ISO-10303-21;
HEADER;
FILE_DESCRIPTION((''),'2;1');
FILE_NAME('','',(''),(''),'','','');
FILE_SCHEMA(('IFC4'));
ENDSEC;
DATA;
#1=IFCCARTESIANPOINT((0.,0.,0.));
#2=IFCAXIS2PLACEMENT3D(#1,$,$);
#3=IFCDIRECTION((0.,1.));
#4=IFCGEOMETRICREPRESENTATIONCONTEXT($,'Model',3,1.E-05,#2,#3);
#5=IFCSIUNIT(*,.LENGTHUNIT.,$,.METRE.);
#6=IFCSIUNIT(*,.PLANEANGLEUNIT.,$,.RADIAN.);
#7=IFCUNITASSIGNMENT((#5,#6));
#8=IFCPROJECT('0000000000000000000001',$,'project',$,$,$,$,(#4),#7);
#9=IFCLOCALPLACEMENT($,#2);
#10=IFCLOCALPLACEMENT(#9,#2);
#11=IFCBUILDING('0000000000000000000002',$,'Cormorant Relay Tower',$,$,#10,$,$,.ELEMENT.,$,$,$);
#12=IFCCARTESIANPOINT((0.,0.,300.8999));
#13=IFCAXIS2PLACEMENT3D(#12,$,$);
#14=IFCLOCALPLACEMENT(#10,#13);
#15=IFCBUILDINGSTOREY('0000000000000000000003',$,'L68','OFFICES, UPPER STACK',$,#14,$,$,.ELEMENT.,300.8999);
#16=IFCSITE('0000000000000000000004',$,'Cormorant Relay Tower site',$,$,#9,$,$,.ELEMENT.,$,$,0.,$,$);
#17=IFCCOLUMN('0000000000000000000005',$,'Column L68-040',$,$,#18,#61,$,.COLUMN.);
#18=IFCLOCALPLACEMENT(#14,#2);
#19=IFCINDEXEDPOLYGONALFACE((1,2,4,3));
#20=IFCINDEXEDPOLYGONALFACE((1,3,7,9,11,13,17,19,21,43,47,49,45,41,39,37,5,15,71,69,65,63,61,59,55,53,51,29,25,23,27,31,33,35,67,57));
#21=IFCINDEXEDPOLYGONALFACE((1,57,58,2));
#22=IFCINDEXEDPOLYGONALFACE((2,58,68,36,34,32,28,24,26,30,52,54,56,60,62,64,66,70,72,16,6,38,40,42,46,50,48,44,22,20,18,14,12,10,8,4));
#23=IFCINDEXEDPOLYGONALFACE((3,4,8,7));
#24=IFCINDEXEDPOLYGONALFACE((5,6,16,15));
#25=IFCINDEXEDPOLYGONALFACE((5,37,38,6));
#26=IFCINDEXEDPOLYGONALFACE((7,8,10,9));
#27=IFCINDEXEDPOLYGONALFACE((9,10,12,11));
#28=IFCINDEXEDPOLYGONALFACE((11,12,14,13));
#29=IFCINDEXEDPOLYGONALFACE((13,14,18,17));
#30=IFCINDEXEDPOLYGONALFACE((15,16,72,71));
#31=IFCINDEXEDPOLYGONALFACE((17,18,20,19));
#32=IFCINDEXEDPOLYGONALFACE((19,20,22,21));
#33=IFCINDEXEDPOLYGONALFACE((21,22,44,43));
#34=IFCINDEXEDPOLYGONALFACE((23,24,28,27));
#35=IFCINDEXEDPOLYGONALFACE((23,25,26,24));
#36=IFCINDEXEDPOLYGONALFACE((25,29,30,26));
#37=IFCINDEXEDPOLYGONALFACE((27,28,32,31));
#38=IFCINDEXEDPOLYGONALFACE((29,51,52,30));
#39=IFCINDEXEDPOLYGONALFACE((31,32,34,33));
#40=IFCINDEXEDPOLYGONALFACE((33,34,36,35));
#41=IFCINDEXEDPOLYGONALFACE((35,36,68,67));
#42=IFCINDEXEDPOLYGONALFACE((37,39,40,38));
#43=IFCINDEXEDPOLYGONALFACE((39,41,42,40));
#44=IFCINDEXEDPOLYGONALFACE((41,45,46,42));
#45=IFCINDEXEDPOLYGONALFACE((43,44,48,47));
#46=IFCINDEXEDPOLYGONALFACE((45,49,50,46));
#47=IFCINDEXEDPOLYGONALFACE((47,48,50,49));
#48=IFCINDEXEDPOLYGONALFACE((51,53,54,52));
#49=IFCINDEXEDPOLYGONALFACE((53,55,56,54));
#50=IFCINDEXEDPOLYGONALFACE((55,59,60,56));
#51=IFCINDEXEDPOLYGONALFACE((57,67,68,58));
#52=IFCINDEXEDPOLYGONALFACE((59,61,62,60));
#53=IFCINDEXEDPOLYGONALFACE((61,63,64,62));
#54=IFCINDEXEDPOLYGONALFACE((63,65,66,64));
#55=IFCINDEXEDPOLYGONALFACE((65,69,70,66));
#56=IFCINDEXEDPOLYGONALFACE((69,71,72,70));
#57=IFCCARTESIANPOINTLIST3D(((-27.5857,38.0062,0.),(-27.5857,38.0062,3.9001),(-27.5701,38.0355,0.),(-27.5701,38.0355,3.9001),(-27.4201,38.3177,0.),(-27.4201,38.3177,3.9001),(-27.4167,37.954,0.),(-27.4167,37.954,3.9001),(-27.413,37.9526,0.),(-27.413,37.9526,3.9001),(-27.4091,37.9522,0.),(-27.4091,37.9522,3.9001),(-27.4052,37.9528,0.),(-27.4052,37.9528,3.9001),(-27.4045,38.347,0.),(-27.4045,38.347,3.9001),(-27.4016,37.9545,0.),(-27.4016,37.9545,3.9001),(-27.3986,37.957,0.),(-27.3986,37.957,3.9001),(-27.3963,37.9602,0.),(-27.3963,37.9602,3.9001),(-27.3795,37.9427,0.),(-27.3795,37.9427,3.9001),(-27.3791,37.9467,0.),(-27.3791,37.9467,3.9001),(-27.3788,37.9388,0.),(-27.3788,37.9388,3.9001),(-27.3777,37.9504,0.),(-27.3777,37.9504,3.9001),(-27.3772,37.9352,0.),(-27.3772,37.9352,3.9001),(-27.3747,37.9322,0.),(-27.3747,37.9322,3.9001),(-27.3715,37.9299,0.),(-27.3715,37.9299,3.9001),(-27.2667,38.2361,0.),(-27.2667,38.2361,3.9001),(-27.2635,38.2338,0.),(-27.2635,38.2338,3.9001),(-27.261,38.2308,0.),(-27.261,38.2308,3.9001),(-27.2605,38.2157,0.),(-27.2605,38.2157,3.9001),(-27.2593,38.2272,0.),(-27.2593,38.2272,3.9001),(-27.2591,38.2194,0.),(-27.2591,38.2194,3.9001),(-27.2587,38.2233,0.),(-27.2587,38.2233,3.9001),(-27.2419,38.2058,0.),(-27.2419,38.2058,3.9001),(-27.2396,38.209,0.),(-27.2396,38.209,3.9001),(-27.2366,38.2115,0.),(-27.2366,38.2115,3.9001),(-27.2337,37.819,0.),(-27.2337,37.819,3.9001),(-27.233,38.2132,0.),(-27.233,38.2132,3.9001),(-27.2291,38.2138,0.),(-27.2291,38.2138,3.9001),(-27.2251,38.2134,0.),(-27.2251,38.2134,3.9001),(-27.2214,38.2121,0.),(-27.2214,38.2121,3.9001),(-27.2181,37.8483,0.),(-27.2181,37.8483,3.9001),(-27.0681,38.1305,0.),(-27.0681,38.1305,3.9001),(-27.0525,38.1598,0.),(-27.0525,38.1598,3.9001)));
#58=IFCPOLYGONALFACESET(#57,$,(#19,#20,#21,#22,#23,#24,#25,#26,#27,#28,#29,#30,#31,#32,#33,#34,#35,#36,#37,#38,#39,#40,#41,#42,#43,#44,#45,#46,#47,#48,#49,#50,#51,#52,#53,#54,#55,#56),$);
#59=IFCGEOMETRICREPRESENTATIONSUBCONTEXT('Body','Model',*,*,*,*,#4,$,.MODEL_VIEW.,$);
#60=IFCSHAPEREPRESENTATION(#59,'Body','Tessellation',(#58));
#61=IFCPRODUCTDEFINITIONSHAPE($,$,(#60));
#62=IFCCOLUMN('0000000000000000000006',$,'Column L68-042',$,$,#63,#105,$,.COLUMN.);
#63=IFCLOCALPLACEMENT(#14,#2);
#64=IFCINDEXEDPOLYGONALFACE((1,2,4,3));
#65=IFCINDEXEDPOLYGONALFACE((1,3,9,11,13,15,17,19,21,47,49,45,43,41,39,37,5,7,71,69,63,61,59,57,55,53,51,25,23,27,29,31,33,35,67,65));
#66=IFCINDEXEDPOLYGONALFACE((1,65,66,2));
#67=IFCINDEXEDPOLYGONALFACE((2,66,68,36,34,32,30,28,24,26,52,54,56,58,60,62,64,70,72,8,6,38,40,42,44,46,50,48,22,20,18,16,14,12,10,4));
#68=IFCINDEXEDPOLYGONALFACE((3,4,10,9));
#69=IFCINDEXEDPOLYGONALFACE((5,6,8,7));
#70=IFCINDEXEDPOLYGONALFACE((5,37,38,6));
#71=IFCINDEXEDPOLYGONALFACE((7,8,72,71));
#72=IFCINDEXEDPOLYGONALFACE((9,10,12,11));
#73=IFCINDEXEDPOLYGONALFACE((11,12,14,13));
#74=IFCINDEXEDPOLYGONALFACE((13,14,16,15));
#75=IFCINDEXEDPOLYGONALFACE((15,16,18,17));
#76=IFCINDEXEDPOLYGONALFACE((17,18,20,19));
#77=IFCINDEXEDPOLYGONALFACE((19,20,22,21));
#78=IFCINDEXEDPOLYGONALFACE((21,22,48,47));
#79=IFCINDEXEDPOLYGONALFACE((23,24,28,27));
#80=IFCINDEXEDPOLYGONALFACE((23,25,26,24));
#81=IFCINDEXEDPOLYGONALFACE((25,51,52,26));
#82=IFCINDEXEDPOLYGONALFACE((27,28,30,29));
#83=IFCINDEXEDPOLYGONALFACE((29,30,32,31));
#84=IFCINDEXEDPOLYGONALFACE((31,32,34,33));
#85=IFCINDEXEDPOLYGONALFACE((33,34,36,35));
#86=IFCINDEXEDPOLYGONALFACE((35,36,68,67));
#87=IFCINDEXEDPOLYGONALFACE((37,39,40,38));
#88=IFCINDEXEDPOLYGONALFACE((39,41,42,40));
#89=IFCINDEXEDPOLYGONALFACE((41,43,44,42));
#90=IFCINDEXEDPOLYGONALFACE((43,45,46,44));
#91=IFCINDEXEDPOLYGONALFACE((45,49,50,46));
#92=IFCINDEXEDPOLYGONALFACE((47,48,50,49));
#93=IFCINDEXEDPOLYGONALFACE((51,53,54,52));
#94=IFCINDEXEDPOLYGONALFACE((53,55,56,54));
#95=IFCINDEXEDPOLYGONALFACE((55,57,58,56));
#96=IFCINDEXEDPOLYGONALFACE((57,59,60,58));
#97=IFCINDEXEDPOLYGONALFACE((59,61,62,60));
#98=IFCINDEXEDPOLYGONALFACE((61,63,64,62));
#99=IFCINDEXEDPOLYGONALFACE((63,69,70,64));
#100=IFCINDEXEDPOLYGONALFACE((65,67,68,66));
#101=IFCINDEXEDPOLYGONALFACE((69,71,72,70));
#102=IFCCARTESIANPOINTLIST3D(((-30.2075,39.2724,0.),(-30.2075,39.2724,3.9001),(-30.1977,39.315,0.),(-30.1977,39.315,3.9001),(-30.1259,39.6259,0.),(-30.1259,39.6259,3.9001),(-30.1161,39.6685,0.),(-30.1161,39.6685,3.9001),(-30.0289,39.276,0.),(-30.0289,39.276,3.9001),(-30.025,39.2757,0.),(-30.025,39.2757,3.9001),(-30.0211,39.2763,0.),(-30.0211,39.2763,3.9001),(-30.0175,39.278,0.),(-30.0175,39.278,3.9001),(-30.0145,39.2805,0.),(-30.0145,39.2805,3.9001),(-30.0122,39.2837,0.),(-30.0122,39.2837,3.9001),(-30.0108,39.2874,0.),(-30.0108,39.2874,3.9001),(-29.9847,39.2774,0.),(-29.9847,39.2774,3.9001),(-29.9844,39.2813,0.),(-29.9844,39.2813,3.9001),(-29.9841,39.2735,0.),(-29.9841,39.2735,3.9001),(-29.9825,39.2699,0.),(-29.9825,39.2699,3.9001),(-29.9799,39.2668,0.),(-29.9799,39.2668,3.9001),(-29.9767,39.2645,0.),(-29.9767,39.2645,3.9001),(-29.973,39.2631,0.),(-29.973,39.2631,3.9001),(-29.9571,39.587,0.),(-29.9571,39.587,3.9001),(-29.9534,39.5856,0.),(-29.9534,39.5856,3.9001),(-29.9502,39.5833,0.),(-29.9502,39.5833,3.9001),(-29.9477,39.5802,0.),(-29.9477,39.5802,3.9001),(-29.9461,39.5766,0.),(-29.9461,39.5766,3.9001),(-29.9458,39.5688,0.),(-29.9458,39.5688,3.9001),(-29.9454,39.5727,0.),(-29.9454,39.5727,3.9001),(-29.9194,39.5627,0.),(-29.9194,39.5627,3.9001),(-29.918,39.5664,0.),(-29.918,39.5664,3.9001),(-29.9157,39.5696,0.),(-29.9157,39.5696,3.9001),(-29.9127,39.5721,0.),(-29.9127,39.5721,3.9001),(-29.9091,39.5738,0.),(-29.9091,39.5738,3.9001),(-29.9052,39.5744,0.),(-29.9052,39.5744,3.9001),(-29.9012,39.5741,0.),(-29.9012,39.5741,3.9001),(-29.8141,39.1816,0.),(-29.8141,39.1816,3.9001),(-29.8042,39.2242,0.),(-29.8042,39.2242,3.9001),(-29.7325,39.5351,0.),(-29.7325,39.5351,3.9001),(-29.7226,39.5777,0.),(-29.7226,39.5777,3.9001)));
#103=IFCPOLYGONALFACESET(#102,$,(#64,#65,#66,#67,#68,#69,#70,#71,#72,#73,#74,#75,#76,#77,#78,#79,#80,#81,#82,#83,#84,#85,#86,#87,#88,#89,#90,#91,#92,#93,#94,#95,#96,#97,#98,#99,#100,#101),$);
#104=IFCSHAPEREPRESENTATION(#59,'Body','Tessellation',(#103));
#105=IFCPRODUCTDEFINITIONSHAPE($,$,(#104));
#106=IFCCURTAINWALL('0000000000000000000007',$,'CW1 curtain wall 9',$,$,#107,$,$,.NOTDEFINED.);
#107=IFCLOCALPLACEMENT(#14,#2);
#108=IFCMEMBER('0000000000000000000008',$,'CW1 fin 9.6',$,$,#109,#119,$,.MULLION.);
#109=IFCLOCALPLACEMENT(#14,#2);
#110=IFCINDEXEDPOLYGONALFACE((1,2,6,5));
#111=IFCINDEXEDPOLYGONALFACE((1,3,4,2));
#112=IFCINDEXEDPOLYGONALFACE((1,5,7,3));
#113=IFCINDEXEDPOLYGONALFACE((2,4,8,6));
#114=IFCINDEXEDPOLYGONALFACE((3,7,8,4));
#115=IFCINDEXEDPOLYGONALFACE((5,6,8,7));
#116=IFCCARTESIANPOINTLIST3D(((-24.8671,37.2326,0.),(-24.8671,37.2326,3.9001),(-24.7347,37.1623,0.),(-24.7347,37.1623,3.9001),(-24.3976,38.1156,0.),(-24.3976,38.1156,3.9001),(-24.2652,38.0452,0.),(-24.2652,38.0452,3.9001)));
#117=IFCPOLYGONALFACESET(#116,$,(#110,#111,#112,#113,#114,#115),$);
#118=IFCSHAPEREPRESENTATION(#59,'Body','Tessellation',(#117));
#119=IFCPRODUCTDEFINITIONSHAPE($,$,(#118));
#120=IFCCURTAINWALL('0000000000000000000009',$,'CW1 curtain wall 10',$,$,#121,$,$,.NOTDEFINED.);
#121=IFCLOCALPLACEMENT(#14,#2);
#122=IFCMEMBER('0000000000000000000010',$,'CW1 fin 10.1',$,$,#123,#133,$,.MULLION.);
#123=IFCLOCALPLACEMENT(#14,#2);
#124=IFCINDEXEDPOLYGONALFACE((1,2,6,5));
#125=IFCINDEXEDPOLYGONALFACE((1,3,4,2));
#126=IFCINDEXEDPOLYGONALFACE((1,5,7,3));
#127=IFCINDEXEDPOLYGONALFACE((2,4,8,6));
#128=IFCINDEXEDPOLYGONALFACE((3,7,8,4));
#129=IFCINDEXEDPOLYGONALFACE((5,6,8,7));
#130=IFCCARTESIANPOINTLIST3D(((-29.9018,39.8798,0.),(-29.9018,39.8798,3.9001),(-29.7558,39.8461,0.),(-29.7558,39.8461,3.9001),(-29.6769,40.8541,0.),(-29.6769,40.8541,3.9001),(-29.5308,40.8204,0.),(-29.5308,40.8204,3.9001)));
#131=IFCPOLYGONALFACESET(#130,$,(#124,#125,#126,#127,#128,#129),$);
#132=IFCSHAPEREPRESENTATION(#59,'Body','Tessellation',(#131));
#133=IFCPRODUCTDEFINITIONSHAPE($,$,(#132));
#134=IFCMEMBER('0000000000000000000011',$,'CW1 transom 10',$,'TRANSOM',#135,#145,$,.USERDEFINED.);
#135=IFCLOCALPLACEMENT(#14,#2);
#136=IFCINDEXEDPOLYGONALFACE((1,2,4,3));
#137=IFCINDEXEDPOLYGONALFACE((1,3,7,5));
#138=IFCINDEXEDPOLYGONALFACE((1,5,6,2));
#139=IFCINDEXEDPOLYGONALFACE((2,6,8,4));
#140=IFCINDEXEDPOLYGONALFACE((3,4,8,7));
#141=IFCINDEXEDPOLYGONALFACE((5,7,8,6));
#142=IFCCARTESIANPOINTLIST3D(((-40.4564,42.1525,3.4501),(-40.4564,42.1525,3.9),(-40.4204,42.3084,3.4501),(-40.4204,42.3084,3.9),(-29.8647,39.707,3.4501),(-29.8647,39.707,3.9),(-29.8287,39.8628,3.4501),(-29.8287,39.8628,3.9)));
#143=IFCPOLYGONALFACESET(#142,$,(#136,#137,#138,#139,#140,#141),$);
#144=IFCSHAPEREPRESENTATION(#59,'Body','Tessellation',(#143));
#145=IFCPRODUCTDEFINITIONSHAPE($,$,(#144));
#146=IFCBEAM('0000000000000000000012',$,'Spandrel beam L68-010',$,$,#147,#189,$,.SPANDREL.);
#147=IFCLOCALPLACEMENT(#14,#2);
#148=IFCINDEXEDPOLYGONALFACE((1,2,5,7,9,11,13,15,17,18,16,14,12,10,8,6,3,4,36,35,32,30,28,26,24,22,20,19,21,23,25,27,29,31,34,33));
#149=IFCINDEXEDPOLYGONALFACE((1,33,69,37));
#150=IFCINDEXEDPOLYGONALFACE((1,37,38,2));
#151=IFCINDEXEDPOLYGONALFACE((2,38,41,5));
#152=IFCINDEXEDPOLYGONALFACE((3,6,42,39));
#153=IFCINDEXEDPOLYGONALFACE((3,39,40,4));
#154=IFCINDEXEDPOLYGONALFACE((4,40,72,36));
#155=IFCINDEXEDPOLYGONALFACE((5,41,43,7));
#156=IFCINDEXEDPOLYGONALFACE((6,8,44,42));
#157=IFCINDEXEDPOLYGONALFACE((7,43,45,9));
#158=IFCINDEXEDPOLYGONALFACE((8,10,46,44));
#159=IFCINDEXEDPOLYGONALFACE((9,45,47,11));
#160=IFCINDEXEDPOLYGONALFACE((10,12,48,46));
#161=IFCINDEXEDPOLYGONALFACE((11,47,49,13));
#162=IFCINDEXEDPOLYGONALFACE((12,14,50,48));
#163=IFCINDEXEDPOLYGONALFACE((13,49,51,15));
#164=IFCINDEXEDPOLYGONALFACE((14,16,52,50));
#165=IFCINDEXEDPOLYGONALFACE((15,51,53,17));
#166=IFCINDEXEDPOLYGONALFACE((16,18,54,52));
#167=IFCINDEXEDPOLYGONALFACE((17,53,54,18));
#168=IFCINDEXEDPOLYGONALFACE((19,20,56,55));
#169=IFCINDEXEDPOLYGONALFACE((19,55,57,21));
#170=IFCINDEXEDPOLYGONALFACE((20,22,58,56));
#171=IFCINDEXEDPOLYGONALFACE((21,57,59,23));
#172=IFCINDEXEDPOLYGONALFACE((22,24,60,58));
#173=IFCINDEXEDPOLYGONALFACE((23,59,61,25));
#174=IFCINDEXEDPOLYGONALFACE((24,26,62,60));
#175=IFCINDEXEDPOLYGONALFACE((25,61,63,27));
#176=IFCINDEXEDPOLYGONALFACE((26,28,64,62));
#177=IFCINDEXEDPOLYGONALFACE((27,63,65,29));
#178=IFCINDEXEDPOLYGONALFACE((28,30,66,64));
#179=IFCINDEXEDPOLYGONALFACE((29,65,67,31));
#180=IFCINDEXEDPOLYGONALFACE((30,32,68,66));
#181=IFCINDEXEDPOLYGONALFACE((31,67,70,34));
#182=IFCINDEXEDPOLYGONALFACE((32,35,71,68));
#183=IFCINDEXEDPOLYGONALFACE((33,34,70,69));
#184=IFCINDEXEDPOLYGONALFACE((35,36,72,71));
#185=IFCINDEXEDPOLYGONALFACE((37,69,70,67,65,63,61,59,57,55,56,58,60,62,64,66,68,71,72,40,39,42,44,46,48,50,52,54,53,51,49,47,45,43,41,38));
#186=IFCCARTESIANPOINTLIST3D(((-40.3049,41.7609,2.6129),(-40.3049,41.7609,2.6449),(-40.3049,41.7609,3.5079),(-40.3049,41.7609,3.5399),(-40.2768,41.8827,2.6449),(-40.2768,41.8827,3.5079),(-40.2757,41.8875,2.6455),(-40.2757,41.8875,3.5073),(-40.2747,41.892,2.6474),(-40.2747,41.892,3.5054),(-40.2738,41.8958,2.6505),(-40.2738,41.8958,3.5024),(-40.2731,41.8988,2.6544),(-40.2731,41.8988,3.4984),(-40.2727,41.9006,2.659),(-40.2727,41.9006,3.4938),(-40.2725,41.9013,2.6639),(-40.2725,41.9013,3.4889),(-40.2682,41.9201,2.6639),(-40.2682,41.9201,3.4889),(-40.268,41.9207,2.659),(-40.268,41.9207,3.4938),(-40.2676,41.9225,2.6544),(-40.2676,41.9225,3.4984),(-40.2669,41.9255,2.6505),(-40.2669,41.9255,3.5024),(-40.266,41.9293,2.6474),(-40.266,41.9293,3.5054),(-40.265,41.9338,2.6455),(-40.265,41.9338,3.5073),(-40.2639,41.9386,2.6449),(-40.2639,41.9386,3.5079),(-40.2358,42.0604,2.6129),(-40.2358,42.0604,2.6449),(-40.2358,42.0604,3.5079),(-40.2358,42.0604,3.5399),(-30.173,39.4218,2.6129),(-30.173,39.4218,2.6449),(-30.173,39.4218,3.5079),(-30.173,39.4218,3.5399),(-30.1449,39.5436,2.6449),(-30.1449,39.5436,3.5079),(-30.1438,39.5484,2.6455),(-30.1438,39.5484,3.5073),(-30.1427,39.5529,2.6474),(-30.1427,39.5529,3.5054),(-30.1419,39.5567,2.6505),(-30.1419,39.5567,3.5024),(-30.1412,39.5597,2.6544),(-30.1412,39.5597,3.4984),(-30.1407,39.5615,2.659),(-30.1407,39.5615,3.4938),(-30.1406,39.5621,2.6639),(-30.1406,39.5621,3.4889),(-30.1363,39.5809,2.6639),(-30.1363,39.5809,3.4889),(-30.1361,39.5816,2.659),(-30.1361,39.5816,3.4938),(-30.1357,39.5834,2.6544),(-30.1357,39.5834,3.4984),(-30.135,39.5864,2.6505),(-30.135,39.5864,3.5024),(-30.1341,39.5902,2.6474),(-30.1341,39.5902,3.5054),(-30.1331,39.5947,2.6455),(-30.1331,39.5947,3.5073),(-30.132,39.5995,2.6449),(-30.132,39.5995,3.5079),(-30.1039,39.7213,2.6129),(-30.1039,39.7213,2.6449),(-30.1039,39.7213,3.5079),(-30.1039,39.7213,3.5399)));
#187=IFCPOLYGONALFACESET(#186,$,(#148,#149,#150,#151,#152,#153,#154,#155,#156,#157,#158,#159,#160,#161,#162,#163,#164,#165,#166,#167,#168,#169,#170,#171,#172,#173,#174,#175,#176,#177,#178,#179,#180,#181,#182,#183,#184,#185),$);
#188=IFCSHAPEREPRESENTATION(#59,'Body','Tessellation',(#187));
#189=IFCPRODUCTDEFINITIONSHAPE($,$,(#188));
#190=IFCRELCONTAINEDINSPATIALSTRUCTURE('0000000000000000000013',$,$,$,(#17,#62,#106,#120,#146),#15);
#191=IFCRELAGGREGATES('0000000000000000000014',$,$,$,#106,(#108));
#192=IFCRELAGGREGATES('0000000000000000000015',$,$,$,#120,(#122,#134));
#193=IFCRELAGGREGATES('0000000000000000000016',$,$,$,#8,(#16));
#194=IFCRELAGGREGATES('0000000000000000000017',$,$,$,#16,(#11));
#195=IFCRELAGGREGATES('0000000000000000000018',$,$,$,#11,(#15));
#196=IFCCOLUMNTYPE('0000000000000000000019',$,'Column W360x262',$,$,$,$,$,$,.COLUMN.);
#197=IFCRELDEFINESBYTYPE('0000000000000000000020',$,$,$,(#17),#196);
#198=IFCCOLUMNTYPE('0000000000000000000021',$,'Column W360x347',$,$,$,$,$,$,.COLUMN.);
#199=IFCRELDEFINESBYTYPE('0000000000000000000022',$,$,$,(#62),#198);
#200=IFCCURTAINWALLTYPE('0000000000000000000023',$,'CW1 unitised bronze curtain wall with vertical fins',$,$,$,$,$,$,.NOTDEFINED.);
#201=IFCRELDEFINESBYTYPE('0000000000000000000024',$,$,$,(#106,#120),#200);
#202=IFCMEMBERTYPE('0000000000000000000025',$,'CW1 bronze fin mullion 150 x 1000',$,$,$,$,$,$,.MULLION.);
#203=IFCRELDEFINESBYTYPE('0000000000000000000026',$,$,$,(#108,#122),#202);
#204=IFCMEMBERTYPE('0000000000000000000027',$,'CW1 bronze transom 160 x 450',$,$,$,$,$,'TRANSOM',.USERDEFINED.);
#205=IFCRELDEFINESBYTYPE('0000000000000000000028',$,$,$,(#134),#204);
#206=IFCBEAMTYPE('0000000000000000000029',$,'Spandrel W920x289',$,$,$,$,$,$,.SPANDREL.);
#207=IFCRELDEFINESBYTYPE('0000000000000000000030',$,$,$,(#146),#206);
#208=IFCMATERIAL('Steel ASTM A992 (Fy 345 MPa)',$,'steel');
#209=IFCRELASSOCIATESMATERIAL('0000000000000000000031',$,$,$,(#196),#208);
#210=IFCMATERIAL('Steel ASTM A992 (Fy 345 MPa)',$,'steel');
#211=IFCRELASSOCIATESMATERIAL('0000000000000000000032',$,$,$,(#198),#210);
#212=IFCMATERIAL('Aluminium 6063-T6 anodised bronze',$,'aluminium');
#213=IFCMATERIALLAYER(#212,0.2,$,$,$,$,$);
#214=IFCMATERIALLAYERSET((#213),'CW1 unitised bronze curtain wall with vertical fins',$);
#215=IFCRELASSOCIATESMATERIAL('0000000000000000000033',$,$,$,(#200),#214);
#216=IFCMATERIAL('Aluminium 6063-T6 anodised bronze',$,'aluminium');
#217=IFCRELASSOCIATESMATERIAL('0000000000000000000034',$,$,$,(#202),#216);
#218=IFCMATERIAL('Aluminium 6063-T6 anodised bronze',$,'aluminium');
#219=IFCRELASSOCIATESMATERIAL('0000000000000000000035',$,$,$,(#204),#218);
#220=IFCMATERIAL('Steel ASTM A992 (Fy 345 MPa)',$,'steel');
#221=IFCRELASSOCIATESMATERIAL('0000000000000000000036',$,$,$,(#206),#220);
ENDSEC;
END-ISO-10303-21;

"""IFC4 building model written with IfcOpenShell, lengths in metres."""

from ifc_helpers import new_model, si_unit, direction, frame, origin, origin_2d, place, context, subcontext, project, spatial, rectangle, i_section, extrude, material, layer, layer_set, material_profile, profile_set, type_object, element, aggregate, save


model = new_model("IFC4")

# Units and contexts
model_context = context("Model", 3, precision=1e-05, world=origin(), true_north=direction((0.0, 1.0)))
body_context = subcontext(model_context, "Body", "Model", "MODEL_VIEW")
ifc_project = project(units=[si_unit("LENGTHUNIT", "METRE"), si_unit("PLANEANGLEUNIT", "RADIAN")], contexts=[model_context])

# Site, building, storey
site_placement = place(None, origin())
site = spatial("IfcSite", under=ifc_project, at=site_placement, Name="Cormorant Relay Tower site", CompositionType="ELEMENT", RefElevation=0.0)
building_placement = place(site_placement, origin())
building = spatial("IfcBuilding", under=site, at=building_placement, Name="Cormorant Relay Tower", CompositionType="ELEMENT")
storey_placement = place(building_placement, frame((0.0, 0.0, 300.8999)))
storey = spatial("IfcBuildingStorey", under=building, at=storey_placement, Name="L68", Description="OFFICES, UPPER STACK", CompositionType="ELEMENT", Elevation=300.8999)

# Columns
ifc_material_1 = material(Name="Steel ASTM A992 (Fy 345 MPa)", Category="steel")
ifc_material_profile_1 = material_profile(ifc_material_1, i_section(OverallWidth=0.3987, OverallDepth=0.386, WebThickness=0.021, FlangeThickness=0.0332, FilletRadius=0.0151, at=origin_2d()), Name="W360x262")
ifc_profile_set_1 = profile_set([ifc_material_profile_1], Name="Steel ASTM A992 (Fy 345 MPa)")
column_type_1 = type_object("IfcColumnType", Name="Column W360x262", PredefinedType="COLUMN", material=ifc_profile_set_1)
column_1_placement = place(storey_placement, frame((-27.3191, 38.083, 0.0), z_axis=(0.0, 0.0, 1.0), x_axis=(-0.882948, 0.469472, 0.0)))
element("IfcColumn", 1, at=column_1_placement, inside=storey, type_object=column_type_1, Name="Column L68-040", PredefinedType="COLUMN", context=body_context, shape_type="SweptSolid", body=[
    extrude(i_section(OverallWidth=0.3987, OverallDepth=0.386, WebThickness=0.021, FlangeThickness=0.0332, FilletRadius=0.0151, at=origin_2d()), origin(), (0.0, 0.0, 1.0), 3.9001),
])
ifc_material_2 = material(Name="Steel ASTM A992 (Fy 345 MPa)", Category="steel")
ifc_material_profile_2 = material_profile(ifc_material_2, i_section(OverallWidth=0.4038, OverallDepth=0.4065, WebThickness=0.0271, FlangeThickness=0.0437, FilletRadius=0.0151, at=origin_2d()), Name="W360x347")
ifc_profile_set_2 = profile_set([ifc_material_profile_2], Name="Steel ASTM A992 (Fy 345 MPa)")
column_type_2 = type_object("IfcColumnType", Name="Column W360x347", PredefinedType="COLUMN", material=ifc_profile_set_2)
column_2_placement = place(storey_placement, frame((-29.9651, 39.425, 0.0), z_axis=(0.0, 0.0, 1.0), x_axis=(-0.97437, 0.224951, 0.0)))
element("IfcColumn", 2, at=column_2_placement, inside=storey, type_object=column_type_2, Name="Column L68-042", PredefinedType="COLUMN", context=body_context, shape_type="SweptSolid", body=[
    extrude(i_section(OverallWidth=0.4038, OverallDepth=0.4065, WebThickness=0.0271, FlangeThickness=0.0437, FilletRadius=0.0151, at=origin_2d()), origin(), (0.0, 0.0, 1.0), 3.9001),
])

# Curtain wall, member
ifc_material_3 = material(Name="Aluminium 6063-T6 anodised bronze", Category="aluminium")
ifc_layer_1 = layer(ifc_material_3, 0.2)
ifc_layer_set_1 = layer_set([ifc_layer_1], Name="CW1 unitised bronze curtain wall with vertical fins")
curtain_wall_type = type_object("IfcCurtainWallType", Name="CW1 unitised bronze curtain wall with vertical fins", PredefinedType="NOTDEFINED", material=ifc_layer_set_1)
curtain_wall_1_placement = place(storey_placement, origin())
curtain_wall_1 = element("IfcCurtainWall", 3, at=curtain_wall_1_placement, inside=storey, type_object=curtain_wall_type, Name="CW1 curtain wall 9", PredefinedType="NOTDEFINED")
ifc_material_4 = material(Name="Aluminium 6063-T6 anodised bronze", Category="aluminium")
ifc_material_profile_3 = material_profile(ifc_material_4, rectangle(XDim=0.1499, YDim=1.0, at=origin_2d()), Name="AL 150x1000")
ifc_profile_set_3 = profile_set([ifc_material_profile_3], Name="Aluminium 6063-T6 anodised bronze")
member_type_1 = type_object("IfcMemberType", Name="CW1 bronze fin mullion 150 x 1000", PredefinedType="MULLION", material=ifc_profile_set_3)
member_1_placement = place(storey_placement, frame((-24.5662, 37.6389, 0.0), z_axis=(0.0, 0.0, 1.0), x_axis=(-0.882948, 0.469472, 0.0)))
member_1 = element("IfcMember", 4, at=member_1_placement, type_object=member_type_1, Name="CW1 fin 9.6", PredefinedType="MULLION", context=body_context, shape_type="SweptSolid", body=[
    extrude(rectangle(XDim=0.1499, YDim=1.0, at=origin_2d()), origin(), (0.0, 0.0, 1.0), 3.9001),
])

# Curtain wall, members
curtain_wall_2_placement = place(storey_placement, origin())
curtain_wall_2 = element("IfcCurtainWall", 5, at=curtain_wall_2_placement, inside=storey, type_object=curtain_wall_type, Name="CW1 curtain wall 10", PredefinedType="NOTDEFINED")
member_2_placement = place(storey_placement, frame((-29.7163, 40.3501, 0.0), z_axis=(0.0, 0.0, 1.0), x_axis=(-0.97437, 0.224951, 0.0)))
member_2 = element("IfcMember", 6, at=member_2_placement, type_object=member_type_1, Name="CW1 fin 10.1", PredefinedType="MULLION", context=body_context, shape_type="SweptSolid", body=[
    extrude(rectangle(XDim=0.1499, YDim=1.0, at=origin_2d()), origin(), (0.0, 0.0, 1.0), 3.9001),
])
ifc_material_5 = material(Name="Aluminium 6063-T6 anodised bronze", Category="aluminium")
ifc_material_profile_4 = material_profile(ifc_material_5, rectangle(XDim=0.1599, YDim=0.45, at=origin_2d()), Name="AL 160x450")
ifc_profile_set_4 = profile_set([ifc_material_profile_4], Name="Aluminium 6063-T6 anodised bronze")
member_type_2 = type_object("IfcMemberType", Name="CW1 bronze transom 160 x 450", ElementType="TRANSOM", PredefinedType="USERDEFINED", material=ifc_profile_set_4)
member_3_placement = place(storey_placement, frame((-29.8467, 39.7849, 3.675), z_axis=(-0.974365, 0.224973, 0.0), x_axis=(-0.224973, -0.974365, 0.0)))
member_3 = element("IfcMember", 7, at=member_3_placement, type_object=member_type_2, Name="CW1 transom 10", ObjectType="TRANSOM", PredefinedType="USERDEFINED", context=body_context, shape_type="SweptSolid", body=[
    extrude(rectangle(XDim=0.1599, YDim=0.45, at=origin_2d()), origin(), (0.0, 0.0, 1.0), 10.8704),
])

# Beam
ifc_material_6 = material(Name="Steel ASTM A992 (Fy 345 MPa)", Category="steel")
ifc_material_profile_5 = material_profile(ifc_material_6, i_section(OverallWidth=0.3074, OverallDepth=0.927, WebThickness=0.0193, FlangeThickness=0.032, FilletRadius=0.019, at=origin_2d()), Name="W920x289")
ifc_profile_set_5 = profile_set([ifc_material_profile_5], Name="Steel ASTM A992 (Fy 345 MPa)")
beam_type = type_object("IfcBeamType", Name="Spandrel W920x289", PredefinedType="SPANDREL", material=ifc_profile_set_5)
beam_placement = place(storey_placement, frame((-30.1384, 39.5715, 3.0764), z_axis=(-0.97437, 0.22495, 0.0), x_axis=(-0.22495, -0.97437, 0.0)))
element("IfcBeam", 8, at=beam_placement, inside=storey, type_object=beam_type, Name="Spandrel beam L68-010", PredefinedType="SPANDREL", context=body_context, shape_type="SweptSolid", body=[
    extrude(i_section(OverallWidth=0.3074, OverallDepth=0.927, WebThickness=0.0193, FlangeThickness=0.032, FilletRadius=0.019, at=origin_2d()), origin(), (0.0, 0.0, 1.0), 10.3984),
])

aggregate(curtain_wall_1, [member_1])
aggregate(curtain_wall_2, [member_2, member_3])

save(model, "model.ifc")
